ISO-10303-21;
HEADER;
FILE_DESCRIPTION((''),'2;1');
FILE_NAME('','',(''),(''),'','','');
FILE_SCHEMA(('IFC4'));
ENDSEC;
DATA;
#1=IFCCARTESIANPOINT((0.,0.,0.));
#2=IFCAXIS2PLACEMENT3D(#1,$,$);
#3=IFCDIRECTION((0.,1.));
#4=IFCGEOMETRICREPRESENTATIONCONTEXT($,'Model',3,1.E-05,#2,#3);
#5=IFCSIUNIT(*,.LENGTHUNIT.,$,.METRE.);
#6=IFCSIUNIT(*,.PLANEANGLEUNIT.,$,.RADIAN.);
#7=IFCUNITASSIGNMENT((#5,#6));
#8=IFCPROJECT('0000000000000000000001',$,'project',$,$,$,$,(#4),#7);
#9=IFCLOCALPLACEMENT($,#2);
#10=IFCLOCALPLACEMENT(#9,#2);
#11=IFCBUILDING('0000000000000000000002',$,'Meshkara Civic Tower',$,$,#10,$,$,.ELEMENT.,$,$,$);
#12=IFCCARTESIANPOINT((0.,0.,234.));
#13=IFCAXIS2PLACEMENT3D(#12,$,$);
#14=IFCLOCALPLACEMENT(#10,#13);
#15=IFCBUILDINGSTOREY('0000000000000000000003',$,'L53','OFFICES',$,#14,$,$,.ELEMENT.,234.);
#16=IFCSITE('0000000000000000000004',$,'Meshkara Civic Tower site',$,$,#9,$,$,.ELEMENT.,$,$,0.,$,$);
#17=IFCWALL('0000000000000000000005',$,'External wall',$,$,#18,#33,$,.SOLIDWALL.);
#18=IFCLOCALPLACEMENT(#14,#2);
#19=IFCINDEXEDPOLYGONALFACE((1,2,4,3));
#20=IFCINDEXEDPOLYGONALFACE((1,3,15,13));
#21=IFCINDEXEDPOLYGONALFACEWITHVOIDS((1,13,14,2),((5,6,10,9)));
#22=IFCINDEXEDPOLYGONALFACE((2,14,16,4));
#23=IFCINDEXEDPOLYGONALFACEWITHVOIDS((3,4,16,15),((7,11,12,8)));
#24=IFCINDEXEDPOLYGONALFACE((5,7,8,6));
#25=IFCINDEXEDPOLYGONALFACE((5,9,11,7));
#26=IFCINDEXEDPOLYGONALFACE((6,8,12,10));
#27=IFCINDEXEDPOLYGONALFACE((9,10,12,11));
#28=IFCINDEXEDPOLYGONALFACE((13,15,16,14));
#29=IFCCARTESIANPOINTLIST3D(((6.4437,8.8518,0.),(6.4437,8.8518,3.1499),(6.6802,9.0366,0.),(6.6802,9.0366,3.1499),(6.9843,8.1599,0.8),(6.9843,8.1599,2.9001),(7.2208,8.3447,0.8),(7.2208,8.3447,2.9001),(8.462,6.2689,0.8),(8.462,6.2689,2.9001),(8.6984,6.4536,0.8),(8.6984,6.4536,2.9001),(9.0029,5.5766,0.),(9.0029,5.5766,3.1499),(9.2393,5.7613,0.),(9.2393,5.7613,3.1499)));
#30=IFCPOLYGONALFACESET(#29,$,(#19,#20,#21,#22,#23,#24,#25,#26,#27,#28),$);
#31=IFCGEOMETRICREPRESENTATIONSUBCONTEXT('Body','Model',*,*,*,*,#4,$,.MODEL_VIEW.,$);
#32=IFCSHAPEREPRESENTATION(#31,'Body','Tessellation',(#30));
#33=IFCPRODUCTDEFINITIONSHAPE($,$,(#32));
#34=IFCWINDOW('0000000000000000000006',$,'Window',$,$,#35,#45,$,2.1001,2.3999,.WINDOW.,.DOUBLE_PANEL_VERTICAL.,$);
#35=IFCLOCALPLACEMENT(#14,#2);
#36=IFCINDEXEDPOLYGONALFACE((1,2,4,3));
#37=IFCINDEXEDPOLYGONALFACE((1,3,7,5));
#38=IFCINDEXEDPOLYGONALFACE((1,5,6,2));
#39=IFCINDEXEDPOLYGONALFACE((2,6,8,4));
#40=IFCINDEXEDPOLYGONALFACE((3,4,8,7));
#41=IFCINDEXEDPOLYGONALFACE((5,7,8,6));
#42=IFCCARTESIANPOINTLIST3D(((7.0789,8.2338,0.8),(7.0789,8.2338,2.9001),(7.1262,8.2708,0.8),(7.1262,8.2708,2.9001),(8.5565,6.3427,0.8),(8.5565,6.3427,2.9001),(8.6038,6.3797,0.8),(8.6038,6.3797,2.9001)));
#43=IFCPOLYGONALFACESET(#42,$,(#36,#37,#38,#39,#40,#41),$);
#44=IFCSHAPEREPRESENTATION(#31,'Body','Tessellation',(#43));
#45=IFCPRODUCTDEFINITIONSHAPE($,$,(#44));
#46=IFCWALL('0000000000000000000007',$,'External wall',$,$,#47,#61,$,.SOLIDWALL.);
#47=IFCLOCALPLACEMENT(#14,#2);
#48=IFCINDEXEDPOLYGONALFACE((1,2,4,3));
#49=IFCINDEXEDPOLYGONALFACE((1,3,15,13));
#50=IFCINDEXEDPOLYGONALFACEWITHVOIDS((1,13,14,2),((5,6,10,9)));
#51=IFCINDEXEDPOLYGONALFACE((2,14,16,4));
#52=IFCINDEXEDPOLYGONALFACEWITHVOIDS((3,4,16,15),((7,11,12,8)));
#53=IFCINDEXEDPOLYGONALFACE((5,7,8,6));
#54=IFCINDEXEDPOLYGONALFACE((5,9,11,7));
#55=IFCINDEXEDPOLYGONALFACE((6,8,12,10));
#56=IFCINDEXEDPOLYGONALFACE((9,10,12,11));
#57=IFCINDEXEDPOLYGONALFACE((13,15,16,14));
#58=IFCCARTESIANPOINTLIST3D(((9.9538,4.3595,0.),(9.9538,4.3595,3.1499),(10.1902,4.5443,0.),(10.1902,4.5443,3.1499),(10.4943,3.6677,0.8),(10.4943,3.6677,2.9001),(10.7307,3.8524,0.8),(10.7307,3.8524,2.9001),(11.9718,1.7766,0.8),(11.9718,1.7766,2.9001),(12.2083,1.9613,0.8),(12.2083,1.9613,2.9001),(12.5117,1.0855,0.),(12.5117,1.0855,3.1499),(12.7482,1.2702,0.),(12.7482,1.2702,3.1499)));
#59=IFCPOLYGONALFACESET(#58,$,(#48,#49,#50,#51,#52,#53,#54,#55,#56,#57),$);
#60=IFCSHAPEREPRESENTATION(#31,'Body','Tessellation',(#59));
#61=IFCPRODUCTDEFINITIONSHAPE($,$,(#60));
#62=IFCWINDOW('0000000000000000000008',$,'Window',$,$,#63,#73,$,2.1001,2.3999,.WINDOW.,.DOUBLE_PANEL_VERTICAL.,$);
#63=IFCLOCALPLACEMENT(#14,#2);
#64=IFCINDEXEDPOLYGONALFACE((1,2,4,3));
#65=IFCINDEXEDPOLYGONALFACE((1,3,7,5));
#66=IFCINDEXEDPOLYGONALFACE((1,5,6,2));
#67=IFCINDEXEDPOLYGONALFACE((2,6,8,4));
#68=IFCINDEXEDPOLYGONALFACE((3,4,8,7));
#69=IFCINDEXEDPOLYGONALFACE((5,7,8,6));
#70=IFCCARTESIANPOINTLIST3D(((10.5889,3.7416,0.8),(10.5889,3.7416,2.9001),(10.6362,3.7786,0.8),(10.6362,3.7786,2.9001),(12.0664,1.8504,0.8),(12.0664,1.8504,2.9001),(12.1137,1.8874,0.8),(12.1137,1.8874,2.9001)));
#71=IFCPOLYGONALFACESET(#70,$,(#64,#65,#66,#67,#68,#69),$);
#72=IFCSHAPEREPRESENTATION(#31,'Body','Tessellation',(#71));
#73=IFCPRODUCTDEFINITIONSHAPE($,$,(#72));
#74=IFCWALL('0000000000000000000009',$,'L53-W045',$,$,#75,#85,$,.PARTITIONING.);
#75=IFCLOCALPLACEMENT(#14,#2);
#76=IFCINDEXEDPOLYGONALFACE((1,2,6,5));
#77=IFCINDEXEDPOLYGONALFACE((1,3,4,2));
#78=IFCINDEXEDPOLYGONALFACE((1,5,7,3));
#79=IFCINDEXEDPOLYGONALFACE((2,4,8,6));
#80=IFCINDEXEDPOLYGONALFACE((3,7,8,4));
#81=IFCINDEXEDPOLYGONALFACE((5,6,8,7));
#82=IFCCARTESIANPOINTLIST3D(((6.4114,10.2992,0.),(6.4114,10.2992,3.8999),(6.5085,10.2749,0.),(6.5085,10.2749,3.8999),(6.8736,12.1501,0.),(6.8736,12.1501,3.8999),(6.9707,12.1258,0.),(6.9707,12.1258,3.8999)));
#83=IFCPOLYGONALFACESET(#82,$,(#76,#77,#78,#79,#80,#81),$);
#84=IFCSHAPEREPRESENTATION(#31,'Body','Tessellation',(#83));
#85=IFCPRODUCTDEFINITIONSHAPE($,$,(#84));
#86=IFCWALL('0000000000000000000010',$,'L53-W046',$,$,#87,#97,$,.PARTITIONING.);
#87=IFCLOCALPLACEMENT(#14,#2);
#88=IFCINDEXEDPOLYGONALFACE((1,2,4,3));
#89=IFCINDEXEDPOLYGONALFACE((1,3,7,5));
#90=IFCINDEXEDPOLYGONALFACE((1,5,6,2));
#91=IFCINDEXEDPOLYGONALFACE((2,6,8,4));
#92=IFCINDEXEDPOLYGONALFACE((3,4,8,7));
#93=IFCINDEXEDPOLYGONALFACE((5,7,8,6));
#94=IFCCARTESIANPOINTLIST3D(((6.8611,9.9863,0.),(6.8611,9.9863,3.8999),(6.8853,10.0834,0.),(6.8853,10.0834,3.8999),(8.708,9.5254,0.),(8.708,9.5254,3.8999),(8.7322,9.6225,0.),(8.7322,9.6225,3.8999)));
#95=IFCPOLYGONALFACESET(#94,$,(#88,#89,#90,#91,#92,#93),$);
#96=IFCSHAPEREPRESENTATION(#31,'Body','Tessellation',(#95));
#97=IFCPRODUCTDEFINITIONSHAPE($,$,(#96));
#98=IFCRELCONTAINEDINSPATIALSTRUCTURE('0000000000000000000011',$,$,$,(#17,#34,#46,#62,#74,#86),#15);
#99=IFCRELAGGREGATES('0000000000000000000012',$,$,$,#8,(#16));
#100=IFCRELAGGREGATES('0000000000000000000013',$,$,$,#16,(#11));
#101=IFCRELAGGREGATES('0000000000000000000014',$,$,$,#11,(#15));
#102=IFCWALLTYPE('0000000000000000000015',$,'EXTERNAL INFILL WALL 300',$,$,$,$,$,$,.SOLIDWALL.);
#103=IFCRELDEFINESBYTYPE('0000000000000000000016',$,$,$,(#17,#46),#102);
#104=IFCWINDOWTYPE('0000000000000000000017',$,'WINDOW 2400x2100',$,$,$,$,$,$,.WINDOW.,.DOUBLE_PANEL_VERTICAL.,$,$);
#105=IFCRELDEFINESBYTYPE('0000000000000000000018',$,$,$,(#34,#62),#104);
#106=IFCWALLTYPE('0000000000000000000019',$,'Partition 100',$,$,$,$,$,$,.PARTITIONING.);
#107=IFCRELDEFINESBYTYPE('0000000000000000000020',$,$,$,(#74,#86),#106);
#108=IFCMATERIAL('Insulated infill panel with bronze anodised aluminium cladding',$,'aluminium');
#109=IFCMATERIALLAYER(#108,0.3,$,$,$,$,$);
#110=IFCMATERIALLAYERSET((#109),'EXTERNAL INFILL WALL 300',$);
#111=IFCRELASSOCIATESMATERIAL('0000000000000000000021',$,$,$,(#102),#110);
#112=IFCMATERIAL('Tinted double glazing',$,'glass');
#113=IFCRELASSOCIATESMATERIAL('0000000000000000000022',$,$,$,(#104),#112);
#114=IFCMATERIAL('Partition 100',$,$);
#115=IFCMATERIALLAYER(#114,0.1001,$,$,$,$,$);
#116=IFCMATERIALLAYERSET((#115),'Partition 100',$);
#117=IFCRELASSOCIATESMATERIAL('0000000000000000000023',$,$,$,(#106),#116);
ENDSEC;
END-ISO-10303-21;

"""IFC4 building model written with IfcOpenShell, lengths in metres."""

from ifc_helpers import new_model, si_unit, direction, frame, frame_2d, origin, place, context, subcontext, project, spatial, rectangle, extrude, material, layer, layer_set, type_object, element, fill, save


model = new_model("IFC4")

# Units and contexts
model_context = context("Model", 3, precision=1e-05, world=origin(), true_north=direction((0.0, 1.0)))
body_context = subcontext(model_context, "Body", "Model", "MODEL_VIEW")
ifc_project = project(units=[si_unit("LENGTHUNIT", "METRE"), si_unit("PLANEANGLEUNIT", "RADIAN")], contexts=[model_context])

# Site, building, storey
site_placement = place(None, origin())
site = spatial("IfcSite", under=ifc_project, at=site_placement, Name="Meshkara Civic Tower site", CompositionType="ELEMENT", RefElevation=0.0)
building_placement = place(site_placement, origin())
building = spatial("IfcBuilding", under=site, at=building_placement, Name="Meshkara Civic Tower", CompositionType="ELEMENT")
storey_placement = place(building_placement, frame((0.0, 0.0, 234.0)))
storey = spatial("IfcBuildingStorey", under=building, at=storey_placement, Name="L53", Description="OFFICES", CompositionType="ELEMENT", Elevation=234.0)

# Walls, openings, windows
ifc_material_1 = material(Name="Insulated infill panel with bronze anodised aluminium cladding", Category="aluminium")
ifc_layer_1 = layer(ifc_material_1, 0.3)
ifc_layer_set_1 = layer_set([ifc_layer_1], Name="EXTERNAL INFILL WALL 300")
wall_type_1 = type_object("IfcWallType", Name="EXTERNAL INFILL WALL 300", PredefinedType="SOLIDWALL", material=ifc_layer_set_1)
wall_1_placement = place(storey_placement, frame((6.562, 8.9441, 0.0), z_axis=(0.0, 0.0, 1.0), x_axis=(0.6157, -0.787981, 0.0)))
wall_1 = element("IfcWall", 1, at=wall_1_placement, inside=storey, type_object=wall_type_1, Name="External wall", PredefinedType="SOLIDWALL", context=body_context, shape_type="SweptSolid", body=[
    extrude(rectangle(XDim=4.1565, YDim=0.3, at=frame_2d((2.0781, 0.0))), origin(), (0.0, 0.0, 1.0), 3.1499),
])
opening_1_placement = place(wall_1_placement, frame((0.8779, 0.0, 0.8)))
opening_1 = element("IfcOpeningElement", 2, at=opening_1_placement, cuts=wall_1, PredefinedType="OPENING", context=body_context, shape_type="SweptSolid", body=[
    extrude(rectangle(XDim=2.3999, YDim=2.1001, at=frame_2d((1.2, 1.05))), frame((0.0, 0.1599, 0.0), z_axis=(0.0, -1.0, 0.0), x_axis=(1.0, 0.0, 0.0)), (0.0, 0.0, 1.0), 0.3201),
])
ifc_material_2 = material(Name="Tinted double glazing", Category="glass")
window_type = type_object("IfcWindowType", Name="WINDOW 2400x2100", PartitioningType="DOUBLE_PANEL_VERTICAL", PredefinedType="WINDOW", material=ifc_material_2)
window_1_placement = place(opening_1_placement, origin())
window_1 = element("IfcWindow", 3, at=window_1_placement, inside=storey, type_object=window_type, Name="Window", OverallHeight=2.1001, OverallWidth=2.3999, PartitioningType="DOUBLE_PANEL_VERTICAL", PredefinedType="WINDOW", context=body_context, shape_type="SweptSolid", body=[
    extrude(rectangle(XDim=2.3999, YDim=2.1001, at=frame_2d((1.2, 1.05))), frame((0.0, 0.03, 0.0), z_axis=(0.0, -1.0, 0.0), x_axis=(1.0, 0.0, 0.0)), (0.0, 0.0, 1.0), 0.0601),
])
fill(opening_1, window_1)
wall_2_placement = place(storey_placement, frame((10.072, 4.4519, 0.0), z_axis=(0.0, 0.0, 1.0), x_axis=(0.61566, -0.788012, 0.0)))
wall_2 = element("IfcWall", 4, at=wall_2_placement, inside=storey, type_object=wall_type_1, Name="External wall", PredefinedType="SOLIDWALL", context=body_context, shape_type="SweptSolid", body=[
    extrude(rectangle(XDim=4.1548, YDim=0.3, at=frame_2d((2.0774, 0.0))), origin(), (0.0, 0.0, 1.0), 3.1499),
])
opening_2_placement = place(wall_2_placement, frame((0.8779, 0.0, 0.8)))
opening_2 = element("IfcOpeningElement", 5, at=opening_2_placement, cuts=wall_2, PredefinedType="OPENING", context=body_context, shape_type="SweptSolid", body=[
    extrude(rectangle(XDim=2.3999, YDim=2.1001, at=frame_2d((1.2, 1.05))), frame((0.0, 0.1599, 0.0), z_axis=(0.0, -1.0, 0.0), x_axis=(1.0, 0.0, 0.0)), (0.0, 0.0, 1.0), 0.3201),
])
window_2_placement = place(opening_2_placement, origin())
window_2 = element("IfcWindow", 6, at=window_2_placement, inside=storey, type_object=window_type, Name="Window", OverallHeight=2.1001, OverallWidth=2.3999, PartitioningType="DOUBLE_PANEL_VERTICAL", PredefinedType="WINDOW", context=body_context, shape_type="SweptSolid", body=[
    extrude(rectangle(XDim=2.3999, YDim=2.1001, at=frame_2d((1.2, 1.05))), frame((0.0, 0.03, 0.0), z_axis=(0.0, -1.0, 0.0), x_axis=(1.0, 0.0, 0.0)), (0.0, 0.0, 1.0), 0.0601),
])
fill(opening_2, window_2)

# Walls
ifc_material_3 = material(Name="Partition 100")
ifc_layer_2 = layer(ifc_material_3, 0.1001)
ifc_layer_set_2 = layer_set([ifc_layer_2], Name="Partition 100")
wall_type_2 = type_object("IfcWallType", Name="Partition 100", PredefinedType="PARTITIONING", material=ifc_layer_set_2)
wall_3_placement = place(storey_placement, frame((6.9221, 12.1379, 0.0), z_axis=(0.0, 0.0, 1.0), x_axis=(-0.242265, -0.97021, 0.0)))
element("IfcWall", 7, at=wall_3_placement, inside=storey, type_object=wall_type_2, Name="L53-W045", PredefinedType="PARTITIONING", context=body_context, shape_type="SweptSolid", body=[
    extrude(rectangle(XDim=1.9077, YDim=0.1001, at=frame_2d((0.9539, 0.0))), origin(), (0.0, 0.0, 1.0), 3.8999),
])
wall_4_placement = place(storey_placement, frame((8.72, 9.574, 0.0), z_axis=(0.0, 0.0, 1.0), x_axis=(-0.97024, 0.242143, 0.0)))
element("IfcWall", 8, at=wall_4_placement, inside=storey, type_object=wall_type_2, Name="L53-W046", PredefinedType="PARTITIONING", context=body_context, shape_type="SweptSolid", body=[
    extrude(rectangle(XDim=1.9036, YDim=0.1001, at=frame_2d((0.9517, 0.0))), origin(), (0.0, 0.0, 1.0), 3.8999),
])

save(model, "model.ifc")
